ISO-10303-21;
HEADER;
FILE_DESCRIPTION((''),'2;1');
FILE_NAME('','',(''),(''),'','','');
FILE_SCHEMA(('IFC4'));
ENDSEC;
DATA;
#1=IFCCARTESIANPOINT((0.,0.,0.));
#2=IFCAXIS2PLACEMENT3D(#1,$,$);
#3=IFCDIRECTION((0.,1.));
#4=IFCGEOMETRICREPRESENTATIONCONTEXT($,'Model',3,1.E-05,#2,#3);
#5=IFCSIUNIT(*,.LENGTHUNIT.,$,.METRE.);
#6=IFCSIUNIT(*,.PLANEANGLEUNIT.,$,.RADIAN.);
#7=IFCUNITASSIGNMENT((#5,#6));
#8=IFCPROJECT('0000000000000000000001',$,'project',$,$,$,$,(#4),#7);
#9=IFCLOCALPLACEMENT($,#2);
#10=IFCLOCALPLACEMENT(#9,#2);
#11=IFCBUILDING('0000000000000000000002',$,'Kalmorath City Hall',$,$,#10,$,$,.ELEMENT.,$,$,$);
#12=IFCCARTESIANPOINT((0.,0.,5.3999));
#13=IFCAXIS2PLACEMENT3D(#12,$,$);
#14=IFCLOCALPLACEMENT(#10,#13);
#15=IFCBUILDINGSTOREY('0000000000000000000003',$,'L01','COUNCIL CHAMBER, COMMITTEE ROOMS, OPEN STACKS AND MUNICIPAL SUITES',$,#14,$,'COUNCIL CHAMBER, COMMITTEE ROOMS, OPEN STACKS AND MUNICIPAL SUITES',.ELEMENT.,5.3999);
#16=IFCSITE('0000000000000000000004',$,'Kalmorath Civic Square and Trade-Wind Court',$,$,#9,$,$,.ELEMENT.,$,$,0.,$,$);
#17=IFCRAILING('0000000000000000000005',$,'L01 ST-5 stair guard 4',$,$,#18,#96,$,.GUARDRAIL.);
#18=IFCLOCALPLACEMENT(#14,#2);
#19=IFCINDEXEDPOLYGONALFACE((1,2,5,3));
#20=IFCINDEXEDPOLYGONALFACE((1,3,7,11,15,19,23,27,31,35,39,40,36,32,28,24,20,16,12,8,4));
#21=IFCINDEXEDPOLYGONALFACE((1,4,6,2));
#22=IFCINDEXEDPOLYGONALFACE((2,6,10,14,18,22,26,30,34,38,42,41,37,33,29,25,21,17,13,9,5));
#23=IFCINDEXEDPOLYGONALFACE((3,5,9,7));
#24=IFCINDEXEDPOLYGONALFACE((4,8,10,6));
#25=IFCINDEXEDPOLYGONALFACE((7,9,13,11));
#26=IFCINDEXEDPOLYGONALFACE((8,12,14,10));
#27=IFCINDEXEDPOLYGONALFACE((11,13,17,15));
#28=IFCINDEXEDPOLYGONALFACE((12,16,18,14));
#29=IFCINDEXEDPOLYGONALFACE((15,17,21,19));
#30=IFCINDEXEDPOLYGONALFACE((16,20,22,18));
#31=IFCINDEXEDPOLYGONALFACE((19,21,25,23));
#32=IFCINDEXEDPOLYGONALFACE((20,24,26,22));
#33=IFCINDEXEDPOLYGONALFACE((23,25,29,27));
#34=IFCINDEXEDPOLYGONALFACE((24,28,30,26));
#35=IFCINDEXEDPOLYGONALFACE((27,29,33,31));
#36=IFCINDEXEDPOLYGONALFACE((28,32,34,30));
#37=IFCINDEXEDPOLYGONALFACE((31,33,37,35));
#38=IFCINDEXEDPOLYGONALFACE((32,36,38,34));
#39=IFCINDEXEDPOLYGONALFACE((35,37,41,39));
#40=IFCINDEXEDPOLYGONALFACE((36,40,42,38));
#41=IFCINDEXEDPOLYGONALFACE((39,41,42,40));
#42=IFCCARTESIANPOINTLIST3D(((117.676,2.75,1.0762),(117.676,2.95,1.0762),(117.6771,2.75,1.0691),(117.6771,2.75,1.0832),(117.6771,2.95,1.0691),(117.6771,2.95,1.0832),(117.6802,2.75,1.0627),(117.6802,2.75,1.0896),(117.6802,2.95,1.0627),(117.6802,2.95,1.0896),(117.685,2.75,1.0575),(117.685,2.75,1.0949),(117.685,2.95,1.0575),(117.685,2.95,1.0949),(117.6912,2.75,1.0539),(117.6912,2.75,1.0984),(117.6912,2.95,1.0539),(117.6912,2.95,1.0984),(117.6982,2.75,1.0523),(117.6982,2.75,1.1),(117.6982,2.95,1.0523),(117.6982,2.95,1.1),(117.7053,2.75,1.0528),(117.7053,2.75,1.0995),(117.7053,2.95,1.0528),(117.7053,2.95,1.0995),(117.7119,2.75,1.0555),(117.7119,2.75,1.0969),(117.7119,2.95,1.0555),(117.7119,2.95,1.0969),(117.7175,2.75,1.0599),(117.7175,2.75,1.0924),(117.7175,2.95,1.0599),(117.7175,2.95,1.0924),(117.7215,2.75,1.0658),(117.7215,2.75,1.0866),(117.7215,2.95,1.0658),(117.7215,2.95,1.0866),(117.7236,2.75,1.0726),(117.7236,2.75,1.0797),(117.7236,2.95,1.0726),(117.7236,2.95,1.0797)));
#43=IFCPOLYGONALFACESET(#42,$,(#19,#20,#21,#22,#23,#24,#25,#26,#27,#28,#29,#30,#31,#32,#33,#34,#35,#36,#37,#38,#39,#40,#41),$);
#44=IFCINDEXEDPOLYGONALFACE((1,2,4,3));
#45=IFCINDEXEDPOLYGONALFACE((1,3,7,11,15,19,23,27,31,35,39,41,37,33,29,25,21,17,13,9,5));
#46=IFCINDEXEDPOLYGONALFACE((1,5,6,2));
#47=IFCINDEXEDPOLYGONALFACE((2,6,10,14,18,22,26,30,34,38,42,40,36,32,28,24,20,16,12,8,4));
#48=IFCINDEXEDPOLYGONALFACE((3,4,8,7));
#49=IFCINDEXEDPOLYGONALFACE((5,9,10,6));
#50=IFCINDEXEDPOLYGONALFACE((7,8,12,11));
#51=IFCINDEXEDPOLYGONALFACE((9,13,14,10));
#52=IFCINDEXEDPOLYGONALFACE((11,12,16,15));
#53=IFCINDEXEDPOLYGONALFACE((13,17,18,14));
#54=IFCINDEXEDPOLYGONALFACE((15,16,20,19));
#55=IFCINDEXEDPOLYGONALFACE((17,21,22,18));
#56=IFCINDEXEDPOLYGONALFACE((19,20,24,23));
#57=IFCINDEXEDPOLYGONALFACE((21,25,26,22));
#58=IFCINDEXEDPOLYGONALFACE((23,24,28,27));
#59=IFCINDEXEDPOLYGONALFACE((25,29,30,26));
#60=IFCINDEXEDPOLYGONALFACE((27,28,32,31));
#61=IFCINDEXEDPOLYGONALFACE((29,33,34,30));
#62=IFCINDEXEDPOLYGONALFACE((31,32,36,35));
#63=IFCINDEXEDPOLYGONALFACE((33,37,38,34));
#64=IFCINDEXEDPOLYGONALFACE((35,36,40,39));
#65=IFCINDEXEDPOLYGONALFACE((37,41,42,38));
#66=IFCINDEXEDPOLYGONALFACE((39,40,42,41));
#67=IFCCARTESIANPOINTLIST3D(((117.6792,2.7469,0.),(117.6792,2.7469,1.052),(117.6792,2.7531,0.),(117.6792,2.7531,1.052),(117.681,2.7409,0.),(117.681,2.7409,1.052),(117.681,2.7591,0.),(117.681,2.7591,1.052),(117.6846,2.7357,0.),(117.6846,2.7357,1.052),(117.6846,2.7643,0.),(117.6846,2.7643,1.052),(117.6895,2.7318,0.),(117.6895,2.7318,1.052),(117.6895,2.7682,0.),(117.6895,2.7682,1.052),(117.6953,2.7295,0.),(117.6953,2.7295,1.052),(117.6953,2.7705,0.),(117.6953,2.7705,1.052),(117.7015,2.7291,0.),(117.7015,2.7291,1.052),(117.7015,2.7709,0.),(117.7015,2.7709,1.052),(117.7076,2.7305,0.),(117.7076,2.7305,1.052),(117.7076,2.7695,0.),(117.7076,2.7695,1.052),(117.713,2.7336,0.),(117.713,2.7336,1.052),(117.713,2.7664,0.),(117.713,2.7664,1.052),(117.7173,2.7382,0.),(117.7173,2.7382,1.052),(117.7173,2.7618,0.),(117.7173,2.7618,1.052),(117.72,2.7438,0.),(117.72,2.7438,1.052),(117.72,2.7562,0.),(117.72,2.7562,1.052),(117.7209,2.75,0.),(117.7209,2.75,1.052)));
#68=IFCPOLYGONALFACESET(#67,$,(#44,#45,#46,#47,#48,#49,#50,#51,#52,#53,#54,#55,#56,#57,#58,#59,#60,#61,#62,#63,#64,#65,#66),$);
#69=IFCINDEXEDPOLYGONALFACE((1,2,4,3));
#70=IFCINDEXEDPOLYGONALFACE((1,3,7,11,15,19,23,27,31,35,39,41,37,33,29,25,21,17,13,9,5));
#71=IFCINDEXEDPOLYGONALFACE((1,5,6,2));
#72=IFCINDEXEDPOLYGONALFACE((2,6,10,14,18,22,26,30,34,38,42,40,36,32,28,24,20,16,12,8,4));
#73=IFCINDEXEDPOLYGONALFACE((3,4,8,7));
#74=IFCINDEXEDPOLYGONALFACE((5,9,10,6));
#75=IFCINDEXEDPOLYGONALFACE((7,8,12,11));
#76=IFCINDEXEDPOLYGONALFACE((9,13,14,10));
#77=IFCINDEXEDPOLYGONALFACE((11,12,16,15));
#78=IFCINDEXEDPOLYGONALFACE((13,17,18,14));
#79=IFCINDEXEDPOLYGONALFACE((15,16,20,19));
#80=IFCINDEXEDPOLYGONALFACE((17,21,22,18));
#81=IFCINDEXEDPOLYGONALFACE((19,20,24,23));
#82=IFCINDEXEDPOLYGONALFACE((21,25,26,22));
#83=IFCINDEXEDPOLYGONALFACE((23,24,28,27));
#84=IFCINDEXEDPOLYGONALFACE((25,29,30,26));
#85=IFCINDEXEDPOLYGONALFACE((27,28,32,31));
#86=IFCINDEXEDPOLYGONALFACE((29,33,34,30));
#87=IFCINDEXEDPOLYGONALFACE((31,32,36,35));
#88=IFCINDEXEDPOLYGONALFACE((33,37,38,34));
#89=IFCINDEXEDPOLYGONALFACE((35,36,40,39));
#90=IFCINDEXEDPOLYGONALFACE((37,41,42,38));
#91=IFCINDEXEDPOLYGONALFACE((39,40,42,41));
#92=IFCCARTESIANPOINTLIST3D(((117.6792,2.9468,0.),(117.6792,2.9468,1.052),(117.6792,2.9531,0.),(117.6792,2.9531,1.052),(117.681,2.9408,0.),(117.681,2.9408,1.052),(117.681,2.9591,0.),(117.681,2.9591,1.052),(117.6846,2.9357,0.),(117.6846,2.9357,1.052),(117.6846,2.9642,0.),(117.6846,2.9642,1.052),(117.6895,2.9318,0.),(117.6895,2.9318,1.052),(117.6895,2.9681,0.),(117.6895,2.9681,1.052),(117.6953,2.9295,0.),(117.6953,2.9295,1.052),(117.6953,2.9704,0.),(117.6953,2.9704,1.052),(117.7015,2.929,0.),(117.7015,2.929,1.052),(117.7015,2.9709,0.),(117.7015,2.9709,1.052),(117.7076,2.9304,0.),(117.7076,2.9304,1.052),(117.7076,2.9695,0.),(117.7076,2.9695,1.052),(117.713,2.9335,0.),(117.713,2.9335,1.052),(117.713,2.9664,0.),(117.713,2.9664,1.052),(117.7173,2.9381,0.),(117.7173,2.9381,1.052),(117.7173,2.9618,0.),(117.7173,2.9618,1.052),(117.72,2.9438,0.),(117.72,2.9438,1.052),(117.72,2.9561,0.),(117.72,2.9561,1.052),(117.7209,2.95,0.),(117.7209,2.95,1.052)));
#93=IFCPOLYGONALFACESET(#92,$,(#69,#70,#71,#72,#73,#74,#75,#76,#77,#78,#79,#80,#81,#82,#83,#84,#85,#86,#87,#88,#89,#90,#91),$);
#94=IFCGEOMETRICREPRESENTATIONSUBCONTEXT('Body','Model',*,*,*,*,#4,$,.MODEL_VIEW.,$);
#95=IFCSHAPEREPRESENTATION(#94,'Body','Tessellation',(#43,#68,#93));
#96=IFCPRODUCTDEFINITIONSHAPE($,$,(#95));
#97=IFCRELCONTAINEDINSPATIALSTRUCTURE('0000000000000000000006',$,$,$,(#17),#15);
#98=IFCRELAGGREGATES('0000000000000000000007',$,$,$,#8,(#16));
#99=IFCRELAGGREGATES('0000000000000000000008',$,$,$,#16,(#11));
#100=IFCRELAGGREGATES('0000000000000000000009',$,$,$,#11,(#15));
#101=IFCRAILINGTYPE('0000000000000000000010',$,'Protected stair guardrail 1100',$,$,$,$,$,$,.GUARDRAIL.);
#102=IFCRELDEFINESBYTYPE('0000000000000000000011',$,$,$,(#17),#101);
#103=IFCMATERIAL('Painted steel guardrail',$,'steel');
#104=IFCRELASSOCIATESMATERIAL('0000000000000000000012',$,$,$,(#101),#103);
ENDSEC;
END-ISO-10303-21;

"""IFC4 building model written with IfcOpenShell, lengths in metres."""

from ifc_helpers import new_model, si_unit, direction, frame, origin, origin_2d, place, context, subcontext, project, spatial, circle, extrude, material, type_object, element, save


model = new_model("IFC4")

# Units and contexts
model_context = context("Model", 3, precision=1e-05, world=origin(), true_north=direction((0.0, 1.0)))
body_context = subcontext(model_context, "Body", "Model", "MODEL_VIEW")
ifc_project = project(units=[si_unit("LENGTHUNIT", "METRE"), si_unit("PLANEANGLEUNIT", "RADIAN")], contexts=[model_context])

# Site, building, storey
site_placement = place(None, origin())
site = spatial("IfcSite", under=ifc_project, at=site_placement, Name="Kalmorath Civic Square and Trade-Wind Court", CompositionType="ELEMENT", RefElevation=0.0)
building_placement = place(site_placement, origin())
building = spatial("IfcBuilding", under=site, at=building_placement, Name="Kalmorath City Hall", CompositionType="ELEMENT")
storey_placement = place(building_placement, frame((0.0, 0.0, 5.3999)))
storey = spatial("IfcBuildingStorey", under=building, at=storey_placement, Name="L01", Description="COUNCIL CHAMBER, COMMITTEE ROOMS, OPEN STACKS AND MUNICIPAL SUITES", LongName="COUNCIL CHAMBER, COMMITTEE ROOMS, OPEN STACKS AND MUNICIPAL SUITES", CompositionType="ELEMENT", Elevation=5.3999)

# Railing
ifc_material_1 = material(Name="Painted steel guardrail", Category="steel")
railing_type_1 = type_object("IfcRailingType", Name="Protected stair guardrail 1100", PredefinedType="GUARDRAIL", material=ifc_material_1)
railing_1_placement = place(storey_placement, frame((117.7, 2.75, 0.0)))
element("IfcRailing", 1, at=railing_1_placement, inside=storey, type_object=railing_type_1, Name="L01 ST-5 stair guard 4", PredefinedType="GUARDRAIL", context=body_context, shape_type="SweptSolid", body=[
    extrude(circle(Radius=0.0239, at=origin_2d()), frame((0.0, 0.0, 1.0762), z_axis=(0.0, 1.0, 0.0), x_axis=(-1.0, 0.0, 0.0)), (0.0, 0.0, 1.0), 0.2),
    extrude(circle(Radius=0.021, at=origin_2d()), origin(), (0.0, 0.0, 1.0), 1.052),
    extrude(circle(Radius=0.021, at=origin_2d()), frame((0.0, 0.2, 0.0)), (0.0, 0.0, 1.0), 1.052),
])

save(model, "model.ifc")
